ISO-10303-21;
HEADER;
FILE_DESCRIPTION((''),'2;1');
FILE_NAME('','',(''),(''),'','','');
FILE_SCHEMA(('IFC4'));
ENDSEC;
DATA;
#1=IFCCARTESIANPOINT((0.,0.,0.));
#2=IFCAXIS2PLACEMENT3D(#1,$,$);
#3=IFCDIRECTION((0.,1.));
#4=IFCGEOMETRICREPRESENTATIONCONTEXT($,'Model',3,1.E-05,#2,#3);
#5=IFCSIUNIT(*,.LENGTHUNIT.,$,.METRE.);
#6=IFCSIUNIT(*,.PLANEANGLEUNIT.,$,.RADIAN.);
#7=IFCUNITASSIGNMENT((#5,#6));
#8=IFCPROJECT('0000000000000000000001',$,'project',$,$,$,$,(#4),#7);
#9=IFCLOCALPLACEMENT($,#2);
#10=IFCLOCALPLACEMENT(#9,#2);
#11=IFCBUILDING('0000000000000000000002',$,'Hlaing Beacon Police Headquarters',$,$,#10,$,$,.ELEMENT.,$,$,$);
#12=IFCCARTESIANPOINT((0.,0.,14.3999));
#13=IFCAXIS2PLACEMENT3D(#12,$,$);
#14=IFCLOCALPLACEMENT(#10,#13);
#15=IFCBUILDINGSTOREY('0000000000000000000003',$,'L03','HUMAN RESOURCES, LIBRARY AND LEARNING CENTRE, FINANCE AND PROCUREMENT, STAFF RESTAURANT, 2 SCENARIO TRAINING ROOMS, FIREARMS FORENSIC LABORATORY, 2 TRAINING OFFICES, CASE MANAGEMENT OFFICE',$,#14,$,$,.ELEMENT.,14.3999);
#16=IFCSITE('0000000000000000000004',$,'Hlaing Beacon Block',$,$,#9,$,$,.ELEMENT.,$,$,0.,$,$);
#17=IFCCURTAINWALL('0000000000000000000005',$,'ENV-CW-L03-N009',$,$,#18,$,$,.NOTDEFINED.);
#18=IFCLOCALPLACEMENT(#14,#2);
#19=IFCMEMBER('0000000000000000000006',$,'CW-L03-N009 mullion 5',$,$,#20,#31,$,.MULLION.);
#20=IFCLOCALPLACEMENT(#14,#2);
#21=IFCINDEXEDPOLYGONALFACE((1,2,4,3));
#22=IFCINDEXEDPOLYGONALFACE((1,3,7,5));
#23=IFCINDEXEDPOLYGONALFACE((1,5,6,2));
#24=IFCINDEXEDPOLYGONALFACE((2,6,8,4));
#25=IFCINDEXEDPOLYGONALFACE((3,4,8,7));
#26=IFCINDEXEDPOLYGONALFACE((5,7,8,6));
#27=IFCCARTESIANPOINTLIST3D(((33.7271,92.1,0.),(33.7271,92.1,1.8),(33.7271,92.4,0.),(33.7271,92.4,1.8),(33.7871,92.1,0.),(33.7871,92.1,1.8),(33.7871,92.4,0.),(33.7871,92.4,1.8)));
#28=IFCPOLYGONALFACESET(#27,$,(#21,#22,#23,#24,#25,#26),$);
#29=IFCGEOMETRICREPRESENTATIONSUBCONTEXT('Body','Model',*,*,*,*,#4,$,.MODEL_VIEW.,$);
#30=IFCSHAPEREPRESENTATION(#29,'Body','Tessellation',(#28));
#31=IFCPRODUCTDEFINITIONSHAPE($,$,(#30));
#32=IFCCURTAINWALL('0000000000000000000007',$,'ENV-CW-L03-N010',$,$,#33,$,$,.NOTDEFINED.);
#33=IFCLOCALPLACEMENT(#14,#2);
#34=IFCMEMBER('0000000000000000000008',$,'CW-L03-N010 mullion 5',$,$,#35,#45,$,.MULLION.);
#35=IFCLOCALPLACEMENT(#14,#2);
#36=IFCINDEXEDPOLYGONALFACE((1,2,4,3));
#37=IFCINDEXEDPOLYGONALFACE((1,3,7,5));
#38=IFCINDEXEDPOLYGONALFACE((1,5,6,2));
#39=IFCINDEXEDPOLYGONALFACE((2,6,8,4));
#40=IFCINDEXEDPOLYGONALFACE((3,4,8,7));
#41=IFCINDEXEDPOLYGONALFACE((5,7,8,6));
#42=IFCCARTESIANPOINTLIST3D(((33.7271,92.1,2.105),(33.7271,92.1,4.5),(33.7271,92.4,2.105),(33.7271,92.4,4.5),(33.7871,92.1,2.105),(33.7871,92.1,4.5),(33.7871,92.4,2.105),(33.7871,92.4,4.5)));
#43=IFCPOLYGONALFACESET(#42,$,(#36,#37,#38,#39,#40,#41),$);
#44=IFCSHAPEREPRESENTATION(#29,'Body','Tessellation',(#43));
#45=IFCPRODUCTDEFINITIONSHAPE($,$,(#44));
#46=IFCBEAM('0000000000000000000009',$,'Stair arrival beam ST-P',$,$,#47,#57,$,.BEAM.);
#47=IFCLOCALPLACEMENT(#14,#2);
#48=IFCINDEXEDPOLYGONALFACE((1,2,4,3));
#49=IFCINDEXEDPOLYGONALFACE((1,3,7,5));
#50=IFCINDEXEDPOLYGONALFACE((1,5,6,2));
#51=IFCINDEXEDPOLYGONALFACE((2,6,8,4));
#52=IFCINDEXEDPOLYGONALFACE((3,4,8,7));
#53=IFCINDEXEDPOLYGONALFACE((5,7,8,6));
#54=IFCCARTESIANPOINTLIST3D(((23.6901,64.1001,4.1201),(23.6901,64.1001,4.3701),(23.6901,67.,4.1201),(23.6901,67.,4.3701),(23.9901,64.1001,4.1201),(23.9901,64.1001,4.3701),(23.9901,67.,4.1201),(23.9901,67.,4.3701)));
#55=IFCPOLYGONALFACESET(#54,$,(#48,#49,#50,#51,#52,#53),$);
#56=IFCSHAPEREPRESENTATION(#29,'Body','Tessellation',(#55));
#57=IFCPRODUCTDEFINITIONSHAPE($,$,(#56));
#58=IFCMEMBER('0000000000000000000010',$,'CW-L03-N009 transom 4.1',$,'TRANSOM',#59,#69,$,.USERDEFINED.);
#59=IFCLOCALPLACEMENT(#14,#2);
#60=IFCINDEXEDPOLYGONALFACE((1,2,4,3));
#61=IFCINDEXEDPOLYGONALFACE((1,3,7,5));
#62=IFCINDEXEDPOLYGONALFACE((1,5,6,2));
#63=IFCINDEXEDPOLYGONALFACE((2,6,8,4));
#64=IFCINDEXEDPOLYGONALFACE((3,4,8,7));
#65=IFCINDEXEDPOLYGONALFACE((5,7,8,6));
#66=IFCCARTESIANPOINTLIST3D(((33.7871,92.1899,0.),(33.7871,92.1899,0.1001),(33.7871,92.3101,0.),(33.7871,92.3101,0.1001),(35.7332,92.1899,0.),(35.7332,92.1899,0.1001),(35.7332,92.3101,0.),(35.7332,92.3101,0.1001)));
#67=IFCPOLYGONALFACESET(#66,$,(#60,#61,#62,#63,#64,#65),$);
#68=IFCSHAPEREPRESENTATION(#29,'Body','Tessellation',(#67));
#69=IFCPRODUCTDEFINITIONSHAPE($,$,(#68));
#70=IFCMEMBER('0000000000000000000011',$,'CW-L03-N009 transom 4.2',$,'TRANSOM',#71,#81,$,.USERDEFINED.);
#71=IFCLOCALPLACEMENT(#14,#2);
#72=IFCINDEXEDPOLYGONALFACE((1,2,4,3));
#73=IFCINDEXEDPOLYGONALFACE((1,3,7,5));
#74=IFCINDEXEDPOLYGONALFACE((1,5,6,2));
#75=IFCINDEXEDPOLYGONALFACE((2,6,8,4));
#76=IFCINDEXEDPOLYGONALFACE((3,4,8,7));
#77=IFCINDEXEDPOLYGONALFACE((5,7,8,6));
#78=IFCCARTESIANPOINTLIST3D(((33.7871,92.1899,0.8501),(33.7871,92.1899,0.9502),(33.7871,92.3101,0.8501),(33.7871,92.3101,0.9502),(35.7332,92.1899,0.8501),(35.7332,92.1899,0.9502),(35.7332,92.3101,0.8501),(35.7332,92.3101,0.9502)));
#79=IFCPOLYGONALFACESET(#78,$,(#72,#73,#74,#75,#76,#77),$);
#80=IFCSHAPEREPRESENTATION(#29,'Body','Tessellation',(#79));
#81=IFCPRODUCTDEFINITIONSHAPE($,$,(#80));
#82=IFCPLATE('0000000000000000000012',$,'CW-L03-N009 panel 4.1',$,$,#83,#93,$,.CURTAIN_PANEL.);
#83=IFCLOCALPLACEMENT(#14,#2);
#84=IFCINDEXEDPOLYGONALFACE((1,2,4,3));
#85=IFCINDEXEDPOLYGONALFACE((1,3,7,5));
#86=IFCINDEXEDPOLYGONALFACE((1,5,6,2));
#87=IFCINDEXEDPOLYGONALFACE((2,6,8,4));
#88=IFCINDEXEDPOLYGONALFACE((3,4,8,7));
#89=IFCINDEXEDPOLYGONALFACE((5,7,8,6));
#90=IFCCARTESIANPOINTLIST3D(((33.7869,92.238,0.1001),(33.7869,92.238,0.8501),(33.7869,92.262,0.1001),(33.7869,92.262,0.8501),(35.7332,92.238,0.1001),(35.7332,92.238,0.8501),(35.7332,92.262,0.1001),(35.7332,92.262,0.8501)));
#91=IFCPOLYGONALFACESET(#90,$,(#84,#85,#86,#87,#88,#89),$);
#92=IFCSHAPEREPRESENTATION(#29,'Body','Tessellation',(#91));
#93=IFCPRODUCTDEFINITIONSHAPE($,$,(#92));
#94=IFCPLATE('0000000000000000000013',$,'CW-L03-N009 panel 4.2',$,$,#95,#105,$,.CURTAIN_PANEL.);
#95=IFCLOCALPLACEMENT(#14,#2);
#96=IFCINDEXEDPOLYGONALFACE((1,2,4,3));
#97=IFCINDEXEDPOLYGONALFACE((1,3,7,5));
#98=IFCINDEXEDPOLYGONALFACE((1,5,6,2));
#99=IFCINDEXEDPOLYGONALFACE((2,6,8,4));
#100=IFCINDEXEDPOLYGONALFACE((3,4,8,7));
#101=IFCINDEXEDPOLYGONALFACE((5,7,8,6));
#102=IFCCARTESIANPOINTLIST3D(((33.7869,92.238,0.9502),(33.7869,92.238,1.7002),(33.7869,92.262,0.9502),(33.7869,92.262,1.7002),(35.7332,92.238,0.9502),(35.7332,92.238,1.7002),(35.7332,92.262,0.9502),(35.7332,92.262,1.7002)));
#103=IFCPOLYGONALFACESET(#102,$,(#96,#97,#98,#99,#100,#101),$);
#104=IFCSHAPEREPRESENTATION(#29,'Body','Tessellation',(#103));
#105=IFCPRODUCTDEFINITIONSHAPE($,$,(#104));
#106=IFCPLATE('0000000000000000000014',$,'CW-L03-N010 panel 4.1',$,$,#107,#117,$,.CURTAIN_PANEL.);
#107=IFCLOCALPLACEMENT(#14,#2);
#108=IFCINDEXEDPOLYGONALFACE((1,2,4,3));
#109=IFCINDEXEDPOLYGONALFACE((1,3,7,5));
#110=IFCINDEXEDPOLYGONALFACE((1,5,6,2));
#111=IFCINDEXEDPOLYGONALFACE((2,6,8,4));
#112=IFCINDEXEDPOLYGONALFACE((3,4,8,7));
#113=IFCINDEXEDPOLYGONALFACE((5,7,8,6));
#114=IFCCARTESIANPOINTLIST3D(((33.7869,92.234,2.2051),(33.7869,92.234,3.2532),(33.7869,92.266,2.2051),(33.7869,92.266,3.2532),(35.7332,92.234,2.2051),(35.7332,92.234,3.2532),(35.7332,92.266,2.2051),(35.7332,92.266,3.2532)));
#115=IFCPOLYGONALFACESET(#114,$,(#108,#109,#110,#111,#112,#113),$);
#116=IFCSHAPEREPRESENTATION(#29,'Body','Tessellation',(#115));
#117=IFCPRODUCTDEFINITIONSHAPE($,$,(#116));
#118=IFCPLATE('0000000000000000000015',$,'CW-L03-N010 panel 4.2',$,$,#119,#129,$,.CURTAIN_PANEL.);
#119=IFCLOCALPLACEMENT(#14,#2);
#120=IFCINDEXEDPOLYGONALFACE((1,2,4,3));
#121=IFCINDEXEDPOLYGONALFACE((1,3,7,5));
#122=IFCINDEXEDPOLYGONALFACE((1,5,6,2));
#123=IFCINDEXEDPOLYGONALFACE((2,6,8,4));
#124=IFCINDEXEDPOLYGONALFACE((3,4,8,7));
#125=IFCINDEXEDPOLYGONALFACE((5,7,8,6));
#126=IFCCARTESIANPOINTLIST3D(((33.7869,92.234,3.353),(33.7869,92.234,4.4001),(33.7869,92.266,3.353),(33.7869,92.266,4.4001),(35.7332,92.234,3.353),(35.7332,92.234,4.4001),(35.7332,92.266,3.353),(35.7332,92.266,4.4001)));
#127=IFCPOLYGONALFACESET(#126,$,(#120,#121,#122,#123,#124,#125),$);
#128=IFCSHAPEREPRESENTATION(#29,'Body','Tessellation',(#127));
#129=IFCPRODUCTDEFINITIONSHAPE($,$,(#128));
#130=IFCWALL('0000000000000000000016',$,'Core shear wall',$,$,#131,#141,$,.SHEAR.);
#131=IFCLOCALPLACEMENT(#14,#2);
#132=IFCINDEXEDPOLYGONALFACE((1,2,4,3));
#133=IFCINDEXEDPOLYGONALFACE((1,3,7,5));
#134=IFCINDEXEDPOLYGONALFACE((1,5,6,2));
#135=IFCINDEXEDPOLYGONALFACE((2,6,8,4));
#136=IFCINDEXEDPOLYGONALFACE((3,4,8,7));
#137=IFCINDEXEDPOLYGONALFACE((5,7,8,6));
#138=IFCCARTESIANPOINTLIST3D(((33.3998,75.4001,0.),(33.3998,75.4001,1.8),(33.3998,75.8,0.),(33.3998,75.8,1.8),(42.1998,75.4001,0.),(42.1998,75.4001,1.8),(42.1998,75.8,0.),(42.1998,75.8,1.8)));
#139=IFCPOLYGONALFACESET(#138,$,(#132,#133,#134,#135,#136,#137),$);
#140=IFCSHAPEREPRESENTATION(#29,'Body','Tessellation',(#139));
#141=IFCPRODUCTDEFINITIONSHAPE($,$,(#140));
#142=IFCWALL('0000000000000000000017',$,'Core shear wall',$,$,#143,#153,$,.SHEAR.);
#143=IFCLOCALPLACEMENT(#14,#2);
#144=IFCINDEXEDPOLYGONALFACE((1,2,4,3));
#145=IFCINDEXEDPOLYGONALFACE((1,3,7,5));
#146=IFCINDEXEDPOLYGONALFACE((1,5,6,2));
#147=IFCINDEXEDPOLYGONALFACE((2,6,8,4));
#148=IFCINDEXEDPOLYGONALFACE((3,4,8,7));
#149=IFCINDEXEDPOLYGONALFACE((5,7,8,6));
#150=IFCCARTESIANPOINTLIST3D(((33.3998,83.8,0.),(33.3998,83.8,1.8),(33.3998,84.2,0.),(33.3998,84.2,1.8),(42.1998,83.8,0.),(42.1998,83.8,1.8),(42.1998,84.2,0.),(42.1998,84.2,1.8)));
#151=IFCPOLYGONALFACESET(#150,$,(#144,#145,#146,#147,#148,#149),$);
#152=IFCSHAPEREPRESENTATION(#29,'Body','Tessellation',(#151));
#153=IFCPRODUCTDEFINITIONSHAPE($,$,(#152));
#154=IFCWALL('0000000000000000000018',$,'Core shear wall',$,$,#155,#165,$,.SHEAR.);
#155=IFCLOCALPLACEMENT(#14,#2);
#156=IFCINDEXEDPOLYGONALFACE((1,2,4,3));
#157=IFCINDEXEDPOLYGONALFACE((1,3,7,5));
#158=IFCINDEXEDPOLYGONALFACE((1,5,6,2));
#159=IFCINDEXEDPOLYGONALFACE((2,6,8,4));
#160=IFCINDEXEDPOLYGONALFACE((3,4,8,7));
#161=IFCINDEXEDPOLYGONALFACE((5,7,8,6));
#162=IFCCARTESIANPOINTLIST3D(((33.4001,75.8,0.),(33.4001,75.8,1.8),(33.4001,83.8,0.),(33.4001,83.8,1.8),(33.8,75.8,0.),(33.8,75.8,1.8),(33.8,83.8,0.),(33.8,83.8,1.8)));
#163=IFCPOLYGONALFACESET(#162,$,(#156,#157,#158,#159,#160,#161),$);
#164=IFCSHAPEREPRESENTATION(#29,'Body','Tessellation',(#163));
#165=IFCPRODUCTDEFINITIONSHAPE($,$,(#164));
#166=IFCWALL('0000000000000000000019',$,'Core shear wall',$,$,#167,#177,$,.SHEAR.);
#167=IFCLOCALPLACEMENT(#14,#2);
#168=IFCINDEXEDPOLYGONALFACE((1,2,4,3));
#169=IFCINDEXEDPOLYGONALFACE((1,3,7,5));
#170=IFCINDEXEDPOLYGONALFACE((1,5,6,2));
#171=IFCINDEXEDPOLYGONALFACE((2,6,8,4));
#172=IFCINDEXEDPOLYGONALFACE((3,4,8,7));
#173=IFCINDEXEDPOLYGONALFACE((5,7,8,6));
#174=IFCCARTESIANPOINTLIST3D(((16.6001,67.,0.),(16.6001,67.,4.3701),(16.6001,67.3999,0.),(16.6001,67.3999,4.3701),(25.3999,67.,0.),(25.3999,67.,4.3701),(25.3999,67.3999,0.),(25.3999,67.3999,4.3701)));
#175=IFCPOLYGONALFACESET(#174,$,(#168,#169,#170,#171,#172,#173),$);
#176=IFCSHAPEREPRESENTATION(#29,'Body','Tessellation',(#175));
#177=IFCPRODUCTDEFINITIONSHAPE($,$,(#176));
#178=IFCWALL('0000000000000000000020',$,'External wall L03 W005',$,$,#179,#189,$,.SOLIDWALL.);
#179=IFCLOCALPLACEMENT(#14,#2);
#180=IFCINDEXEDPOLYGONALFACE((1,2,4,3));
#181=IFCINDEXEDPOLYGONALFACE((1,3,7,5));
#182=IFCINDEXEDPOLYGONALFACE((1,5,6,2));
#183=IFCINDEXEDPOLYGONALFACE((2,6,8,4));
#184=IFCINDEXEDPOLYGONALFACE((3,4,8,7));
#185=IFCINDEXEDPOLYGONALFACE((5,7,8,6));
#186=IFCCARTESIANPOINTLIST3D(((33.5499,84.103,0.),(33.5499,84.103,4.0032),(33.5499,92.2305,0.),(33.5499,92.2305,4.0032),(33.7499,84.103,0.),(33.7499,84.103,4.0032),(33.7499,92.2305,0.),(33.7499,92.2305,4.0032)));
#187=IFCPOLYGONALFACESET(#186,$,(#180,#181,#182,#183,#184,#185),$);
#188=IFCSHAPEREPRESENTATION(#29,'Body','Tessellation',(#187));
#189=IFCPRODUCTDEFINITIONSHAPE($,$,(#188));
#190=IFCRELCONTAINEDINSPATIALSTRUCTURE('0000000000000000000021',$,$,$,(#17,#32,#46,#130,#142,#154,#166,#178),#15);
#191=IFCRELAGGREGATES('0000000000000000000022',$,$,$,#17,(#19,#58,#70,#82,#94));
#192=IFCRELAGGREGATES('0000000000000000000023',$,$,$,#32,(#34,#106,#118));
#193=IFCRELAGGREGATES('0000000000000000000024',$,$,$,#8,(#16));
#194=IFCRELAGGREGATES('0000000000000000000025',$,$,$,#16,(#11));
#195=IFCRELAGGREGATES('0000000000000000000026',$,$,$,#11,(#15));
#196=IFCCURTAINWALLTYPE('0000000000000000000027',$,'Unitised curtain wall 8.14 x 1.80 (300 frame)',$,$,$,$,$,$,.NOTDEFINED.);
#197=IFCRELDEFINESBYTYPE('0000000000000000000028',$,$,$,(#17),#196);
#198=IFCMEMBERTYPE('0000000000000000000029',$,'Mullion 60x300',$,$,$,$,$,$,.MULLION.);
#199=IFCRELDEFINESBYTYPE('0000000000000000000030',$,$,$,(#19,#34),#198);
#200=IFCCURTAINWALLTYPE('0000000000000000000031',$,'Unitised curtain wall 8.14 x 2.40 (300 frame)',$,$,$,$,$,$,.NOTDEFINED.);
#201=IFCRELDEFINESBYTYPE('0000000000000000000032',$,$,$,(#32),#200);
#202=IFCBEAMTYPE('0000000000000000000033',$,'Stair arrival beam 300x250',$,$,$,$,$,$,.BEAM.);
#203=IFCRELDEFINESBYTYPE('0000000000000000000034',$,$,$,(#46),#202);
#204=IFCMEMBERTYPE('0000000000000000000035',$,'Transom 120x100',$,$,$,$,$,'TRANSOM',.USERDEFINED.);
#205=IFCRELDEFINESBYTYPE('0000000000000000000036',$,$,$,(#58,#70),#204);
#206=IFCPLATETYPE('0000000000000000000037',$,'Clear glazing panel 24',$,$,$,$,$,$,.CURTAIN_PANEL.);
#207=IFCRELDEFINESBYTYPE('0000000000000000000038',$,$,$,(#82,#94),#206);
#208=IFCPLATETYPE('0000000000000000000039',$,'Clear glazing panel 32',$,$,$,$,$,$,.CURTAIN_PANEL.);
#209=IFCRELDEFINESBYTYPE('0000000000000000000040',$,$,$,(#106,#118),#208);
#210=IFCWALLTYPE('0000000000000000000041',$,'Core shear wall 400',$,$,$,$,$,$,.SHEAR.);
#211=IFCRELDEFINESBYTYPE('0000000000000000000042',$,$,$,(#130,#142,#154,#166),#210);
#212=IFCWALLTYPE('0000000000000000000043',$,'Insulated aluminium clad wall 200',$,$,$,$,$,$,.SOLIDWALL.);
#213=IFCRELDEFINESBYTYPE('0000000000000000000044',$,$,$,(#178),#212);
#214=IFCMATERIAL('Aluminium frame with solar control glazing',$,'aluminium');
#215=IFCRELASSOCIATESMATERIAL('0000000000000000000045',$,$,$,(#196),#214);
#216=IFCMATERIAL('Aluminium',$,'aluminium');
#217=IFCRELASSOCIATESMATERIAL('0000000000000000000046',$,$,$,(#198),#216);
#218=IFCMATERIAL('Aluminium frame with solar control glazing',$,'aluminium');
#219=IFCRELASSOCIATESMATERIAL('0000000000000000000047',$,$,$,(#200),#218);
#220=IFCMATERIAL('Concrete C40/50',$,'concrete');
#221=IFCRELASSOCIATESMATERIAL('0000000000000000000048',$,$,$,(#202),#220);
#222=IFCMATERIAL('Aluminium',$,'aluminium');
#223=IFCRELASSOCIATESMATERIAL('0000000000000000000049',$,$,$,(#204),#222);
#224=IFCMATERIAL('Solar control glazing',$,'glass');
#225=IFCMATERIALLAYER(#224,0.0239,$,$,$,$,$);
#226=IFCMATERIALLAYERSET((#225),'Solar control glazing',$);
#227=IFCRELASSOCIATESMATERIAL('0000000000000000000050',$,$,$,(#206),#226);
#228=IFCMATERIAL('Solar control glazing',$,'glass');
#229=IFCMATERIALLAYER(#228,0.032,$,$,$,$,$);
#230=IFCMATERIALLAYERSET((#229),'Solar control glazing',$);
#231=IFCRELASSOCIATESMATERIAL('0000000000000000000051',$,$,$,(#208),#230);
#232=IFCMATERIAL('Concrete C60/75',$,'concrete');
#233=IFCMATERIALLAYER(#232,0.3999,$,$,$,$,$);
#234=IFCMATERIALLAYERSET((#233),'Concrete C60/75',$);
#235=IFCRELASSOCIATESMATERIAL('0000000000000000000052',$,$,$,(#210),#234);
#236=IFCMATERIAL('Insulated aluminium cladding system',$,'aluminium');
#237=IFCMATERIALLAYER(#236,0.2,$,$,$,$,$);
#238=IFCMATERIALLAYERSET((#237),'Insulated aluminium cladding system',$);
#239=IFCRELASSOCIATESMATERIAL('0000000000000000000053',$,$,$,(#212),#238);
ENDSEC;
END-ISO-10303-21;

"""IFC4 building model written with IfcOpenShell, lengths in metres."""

from ifc_helpers import new_model, si_unit, direction, frame, frame_2d, origin, origin_2d, place, context, subcontext, project, spatial, rectangle, extrude, material, layer, layer_set, material_profile, profile_set, type_object, element, aggregate, save


model = new_model("IFC4")

# Units and contexts
model_context = context("Model", 3, precision=1e-05, world=origin(), true_north=direction((0.0, 1.0)))
body_context = subcontext(model_context, "Body", "Model", "MODEL_VIEW")
ifc_project = project(units=[si_unit("LENGTHUNIT", "METRE"), si_unit("PLANEANGLEUNIT", "RADIAN")], contexts=[model_context])

# Site, building, storey
site_placement = place(None, origin())
site = spatial("IfcSite", under=ifc_project, at=site_placement, Name="Hlaing Beacon Block", CompositionType="ELEMENT", RefElevation=0.0)
building_placement = place(site_placement, origin())
building = spatial("IfcBuilding", under=site, at=building_placement, Name="Hlaing Beacon Police Headquarters", CompositionType="ELEMENT")
storey_placement = place(building_placement, frame((0.0, 0.0, 14.3999)))
storey = spatial("IfcBuildingStorey", under=building, at=storey_placement, Name="L03", Description="HUMAN RESOURCES, LIBRARY AND LEARNING CENTRE, FINANCE AND PROCUREMENT, STAFF RESTAURANT, 2 SCENARIO TRAINING ROOMS, FIREARMS FORENSIC LABORATORY, 2 TRAINING OFFICES, CASE MANAGEMENT OFFICE", CompositionType="ELEMENT", Elevation=14.3999)

# Curtain walls, members
ifc_material_1 = material(Name="Aluminium frame with solar control glazing", Category="aluminium")
curtain_wall_type_1 = type_object("IfcCurtainWallType", Name="Unitised curtain wall 8.14 x 1.80 (300 frame)", PredefinedType="NOTDEFINED", material=ifc_material_1)
curtain_wall_1_placement = place(storey_placement, origin())
curtain_wall_1 = element("IfcCurtainWall", 1, at=curtain_wall_1_placement, inside=storey, type_object=curtain_wall_type_1, Name="ENV-CW-L03-N009", PredefinedType="NOTDEFINED")
ifc_material_2 = material(Name="Aluminium", Category="aluminium")
ifc_material_profile_1 = material_profile(ifc_material_2, rectangle(XDim=0.3, YDim=0.0601, at=origin_2d()), Name="Mullion 60x300")
ifc_profile_set_1 = profile_set([ifc_material_profile_1], Name="Aluminium")
member_type_1 = type_object("IfcMemberType", Name="Mullion 60x300", PredefinedType="MULLION", material=ifc_profile_set_1)
member_1_placement = place(storey_placement, frame((33.7571, 92.25, 0.0), z_axis=(0.0, 0.0, 1.0), x_axis=(0.0, -1.0, 0.0)))
member_1 = element("IfcMember", 2, at=member_1_placement, type_object=member_type_1, Name="CW-L03-N009 mullion 5", PredefinedType="MULLION", context=body_context, shape_type="SweptSolid", body=[
    extrude(rectangle(XDim=0.3, YDim=0.0601, at=origin_2d()), origin(), (0.0, 0.0, 1.0), 1.8),
])
ifc_material_3 = material(Name="Aluminium frame with solar control glazing", Category="aluminium")
curtain_wall_type_2 = type_object("IfcCurtainWallType", Name="Unitised curtain wall 8.14 x 2.40 (300 frame)", PredefinedType="NOTDEFINED", material=ifc_material_3)
curtain_wall_2_placement = place(storey_placement, origin())
curtain_wall_2 = element("IfcCurtainWall", 3, at=curtain_wall_2_placement, inside=storey, type_object=curtain_wall_type_2, Name="ENV-CW-L03-N010", PredefinedType="NOTDEFINED")
member_2_placement = place(storey_placement, frame((33.7571, 92.25, 2.105), z_axis=(0.0, 0.0, 1.0), x_axis=(0.0, -1.0, 0.0)))
member_2 = element("IfcMember", 4, at=member_2_placement, type_object=member_type_1, Name="CW-L03-N010 mullion 5", PredefinedType="MULLION", context=body_context, shape_type="SweptSolid", body=[
    extrude(rectangle(XDim=0.3, YDim=0.0601, at=origin_2d()), origin(), (0.0, 0.0, 1.0), 2.395),
])

# Beam
ifc_material_4 = material(Name="Concrete C40/50", Category="concrete")
ifc_material_profile_2 = material_profile(ifc_material_4, rectangle(XDim=0.3, YDim=0.25, at=origin_2d()), Name="Stair arrival beam 300x250")
ifc_profile_set_2 = profile_set([ifc_material_profile_2], Name="Concrete C40/50")
beam_type_1 = type_object("IfcBeamType", Name="Stair arrival beam 300x250", PredefinedType="BEAM", material=ifc_profile_set_2)
beam_placement = place(storey_placement, frame((23.8401, 67.0, 4.2451), z_axis=(0.0, -1.0, 0.0), x_axis=(1.0, 0.0, 0.0)))
element("IfcBeam", 5, at=beam_placement, inside=storey, type_object=beam_type_1, Name="Stair arrival beam ST-P", PredefinedType="BEAM", context=body_context, shape_type="SweptSolid", body=[
    extrude(rectangle(XDim=0.3, YDim=0.25, at=origin_2d()), origin(), (0.0, 0.0, 1.0), 2.8999),
])

# Members
ifc_material_5 = material(Name="Aluminium", Category="aluminium")
ifc_material_profile_3 = material_profile(ifc_material_5, rectangle(XDim=0.1201, YDim=0.1001, at=origin_2d()), Name="Transom 120x100")
ifc_profile_set_3 = profile_set([ifc_material_profile_3], Name="Aluminium")
member_type_2 = type_object("IfcMemberType", Name="Transom 120x100", ElementType="TRANSOM", PredefinedType="USERDEFINED", material=ifc_profile_set_3)
member_3_placement = place(storey_placement, frame((35.7332, 92.25, 0.05), z_axis=(-1.0, 0.0, 0.0), x_axis=(0.0, -1.0, 0.0)))
member_3 = element("IfcMember", 6, at=member_3_placement, type_object=member_type_2, Name="CW-L03-N009 transom 4.1", ObjectType="TRANSOM", PredefinedType="USERDEFINED", context=body_context, shape_type="SweptSolid", body=[
    extrude(rectangle(XDim=0.1201, YDim=0.1001, at=origin_2d()), origin(), (0.0, 0.0, 1.0), 1.946),
])
member_4_placement = place(storey_placement, frame((35.7332, 92.25, 0.9001), z_axis=(-1.0, 0.0, 0.0), x_axis=(0.0, -1.0, 0.0)))
member_4 = element("IfcMember", 7, at=member_4_placement, type_object=member_type_2, Name="CW-L03-N009 transom 4.2", ObjectType="TRANSOM", PredefinedType="USERDEFINED", context=body_context, shape_type="SweptSolid", body=[
    extrude(rectangle(XDim=0.1201, YDim=0.1001, at=origin_2d()), origin(), (0.0, 0.0, 1.0), 1.946),
])

# Plates
ifc_material_6 = material(Name="Solar control glazing", Category="glass")
ifc_layer_1 = layer(ifc_material_6, 0.0239)
ifc_layer_set_1 = layer_set([ifc_layer_1], Name="Solar control glazing")
plate_type_1 = type_object("IfcPlateType", Name="Clear glazing panel 24", PredefinedType="CURTAIN_PANEL", material=ifc_layer_set_1)
plate_1_placement = place(storey_placement, frame((34.76, 92.25, 0.1001), z_axis=(0.0, 0.0, 1.0), x_axis=(-1.0, 0.0, 0.0)))
plate_1 = element("IfcPlate", 8, at=plate_1_placement, type_object=plate_type_1, Name="CW-L03-N009 panel 4.1", PredefinedType="CURTAIN_PANEL", context=body_context, shape_type="SweptSolid", body=[
    extrude(rectangle(XDim=1.9463, YDim=0.0239, at=origin_2d()), origin(), (0.0, 0.0, 1.0), 0.75),
])
plate_2_placement = place(storey_placement, frame((34.76, 92.25, 0.9502), z_axis=(0.0, 0.0, 1.0), x_axis=(-1.0, 0.0, 0.0)))
plate_2 = element("IfcPlate", 9, at=plate_2_placement, type_object=plate_type_1, Name="CW-L03-N009 panel 4.2", PredefinedType="CURTAIN_PANEL", context=body_context, shape_type="SweptSolid", body=[
    extrude(rectangle(XDim=1.9463, YDim=0.0239, at=origin_2d()), origin(), (0.0, 0.0, 1.0), 0.75),
])
aggregate(curtain_wall_1, [member_1, member_3, member_4, plate_1, plate_2])
ifc_material_7 = material(Name="Solar control glazing", Category="glass")
ifc_layer_2 = layer(ifc_material_7, 0.032)
ifc_layer_set_2 = layer_set([ifc_layer_2], Name="Solar control glazing")
plate_type_2 = type_object("IfcPlateType", Name="Clear glazing panel 32", PredefinedType="CURTAIN_PANEL", material=ifc_layer_set_2)
plate_3_placement = place(storey_placement, frame((34.76, 92.25, 2.2051), z_axis=(0.0, 0.0, 1.0), x_axis=(-1.0, 0.0, 0.0)))
plate_3 = element("IfcPlate", 10, at=plate_3_placement, type_object=plate_type_2, Name="CW-L03-N010 panel 4.1", PredefinedType="CURTAIN_PANEL", context=body_context, shape_type="SweptSolid", body=[
    extrude(rectangle(XDim=1.9463, YDim=0.032, at=origin_2d()), origin(), (0.0, 0.0, 1.0), 1.0481),
])
plate_4_placement = place(storey_placement, frame((34.76, 92.25, 3.353), z_axis=(0.0, 0.0, 1.0), x_axis=(-1.0, 0.0, 0.0)))
plate_4 = element("IfcPlate", 11, at=plate_4_placement, type_object=plate_type_2, Name="CW-L03-N010 panel 4.2", PredefinedType="CURTAIN_PANEL", context=body_context, shape_type="SweptSolid", body=[
    extrude(rectangle(XDim=1.9463, YDim=0.032, at=origin_2d()), origin(), (0.0, 0.0, 1.0), 1.0471),
])
aggregate(curtain_wall_2, [member_2, plate_3, plate_4])

# Walls
ifc_material_8 = material(Name="Concrete C60/75", Category="concrete")
ifc_layer_3 = layer(ifc_material_8, 0.3999)
ifc_layer_set_3 = layer_set([ifc_layer_3], Name="Concrete C60/75")
wall_type_1 = type_object("IfcWallType", Name="Core shear wall 400", PredefinedType="SHEAR", material=ifc_layer_set_3)
for number, where, z_axis, x_axis, name in (
    (12, (33.3999, 75.6001, 0.0), (0.0, 0.0, 1.0), (1.0, 0.0, 0.0), "Core shear wall"),
    (13, (33.3999, 84.0, 0.0), (0.0, 0.0, 1.0), (1.0, 0.0, 0.0), "Core shear wall"),
):
    element("IfcWall", number, at=place(storey_placement, frame(where, z_axis=z_axis, x_axis=x_axis)), inside=storey, type_object=wall_type_1, Name=name, PredefinedType="SHEAR", context=body_context, shape_type="SweptSolid", body=[
        extrude(rectangle(XDim=8.8, YDim=0.3999, at=frame_2d((4.3999, 0.0))), origin(), (0.0, 0.0, 1.0), 1.8),
    ])
wall_1_placement = place(storey_placement, frame((33.6001, 75.8, 0.0), z_axis=(0.0, 0.0, 1.0), x_axis=(0.0, 1.0, 0.0)))
element("IfcWall", 14, at=wall_1_placement, inside=storey, type_object=wall_type_1, Name="Core shear wall", PredefinedType="SHEAR", context=body_context, shape_type="SweptSolid", body=[
    extrude(rectangle(XDim=8.0, YDim=0.3999, at=frame_2d((4.0, 0.0))), origin(), (0.0, 0.0, 1.0), 1.8),
])
wall_2_placement = place(storey_placement, frame((16.6001, 67.2, 0.0), z_axis=(0.0, 0.0, 1.0), x_axis=(1.0, 0.0, 0.0)))
element("IfcWall", 15, at=wall_2_placement, inside=storey, type_object=wall_type_1, Name="Core shear wall", PredefinedType="SHEAR", context=body_context, shape_type="SweptSolid", body=[
    extrude(rectangle(XDim=8.7998, YDim=0.3999, at=frame_2d((4.3999, 0.0))), origin(), (0.0, 0.0, 1.0), 4.3701),
])
ifc_material_9 = material(Name="Insulated aluminium cladding system", Category="aluminium")
ifc_layer_4 = layer(ifc_material_9, 0.2)
ifc_layer_set_4 = layer_set([ifc_layer_4], Name="Insulated aluminium cladding system")
wall_type_2 = type_object("IfcWallType", Name="Insulated aluminium clad wall 200", PredefinedType="SOLIDWALL", material=ifc_layer_set_4)
wall_3_placement = place(storey_placement, frame((33.6499, 92.2305, 0.0), z_axis=(0.0, 0.0, 1.0), x_axis=(0.0, -1.0, 0.0)))
element("IfcWall", 16, at=wall_3_placement, inside=storey, type_object=wall_type_2, Name="External wall L03 W005", PredefinedType="SOLIDWALL", context=body_context, shape_type="SweptSolid", body=[
    extrude(rectangle(XDim=8.1274, YDim=0.2, at=frame_2d((4.0637, 0.0))), origin(), (0.0, 0.0, 1.0), 4.0032),
])

save(model, "model.ifc")
